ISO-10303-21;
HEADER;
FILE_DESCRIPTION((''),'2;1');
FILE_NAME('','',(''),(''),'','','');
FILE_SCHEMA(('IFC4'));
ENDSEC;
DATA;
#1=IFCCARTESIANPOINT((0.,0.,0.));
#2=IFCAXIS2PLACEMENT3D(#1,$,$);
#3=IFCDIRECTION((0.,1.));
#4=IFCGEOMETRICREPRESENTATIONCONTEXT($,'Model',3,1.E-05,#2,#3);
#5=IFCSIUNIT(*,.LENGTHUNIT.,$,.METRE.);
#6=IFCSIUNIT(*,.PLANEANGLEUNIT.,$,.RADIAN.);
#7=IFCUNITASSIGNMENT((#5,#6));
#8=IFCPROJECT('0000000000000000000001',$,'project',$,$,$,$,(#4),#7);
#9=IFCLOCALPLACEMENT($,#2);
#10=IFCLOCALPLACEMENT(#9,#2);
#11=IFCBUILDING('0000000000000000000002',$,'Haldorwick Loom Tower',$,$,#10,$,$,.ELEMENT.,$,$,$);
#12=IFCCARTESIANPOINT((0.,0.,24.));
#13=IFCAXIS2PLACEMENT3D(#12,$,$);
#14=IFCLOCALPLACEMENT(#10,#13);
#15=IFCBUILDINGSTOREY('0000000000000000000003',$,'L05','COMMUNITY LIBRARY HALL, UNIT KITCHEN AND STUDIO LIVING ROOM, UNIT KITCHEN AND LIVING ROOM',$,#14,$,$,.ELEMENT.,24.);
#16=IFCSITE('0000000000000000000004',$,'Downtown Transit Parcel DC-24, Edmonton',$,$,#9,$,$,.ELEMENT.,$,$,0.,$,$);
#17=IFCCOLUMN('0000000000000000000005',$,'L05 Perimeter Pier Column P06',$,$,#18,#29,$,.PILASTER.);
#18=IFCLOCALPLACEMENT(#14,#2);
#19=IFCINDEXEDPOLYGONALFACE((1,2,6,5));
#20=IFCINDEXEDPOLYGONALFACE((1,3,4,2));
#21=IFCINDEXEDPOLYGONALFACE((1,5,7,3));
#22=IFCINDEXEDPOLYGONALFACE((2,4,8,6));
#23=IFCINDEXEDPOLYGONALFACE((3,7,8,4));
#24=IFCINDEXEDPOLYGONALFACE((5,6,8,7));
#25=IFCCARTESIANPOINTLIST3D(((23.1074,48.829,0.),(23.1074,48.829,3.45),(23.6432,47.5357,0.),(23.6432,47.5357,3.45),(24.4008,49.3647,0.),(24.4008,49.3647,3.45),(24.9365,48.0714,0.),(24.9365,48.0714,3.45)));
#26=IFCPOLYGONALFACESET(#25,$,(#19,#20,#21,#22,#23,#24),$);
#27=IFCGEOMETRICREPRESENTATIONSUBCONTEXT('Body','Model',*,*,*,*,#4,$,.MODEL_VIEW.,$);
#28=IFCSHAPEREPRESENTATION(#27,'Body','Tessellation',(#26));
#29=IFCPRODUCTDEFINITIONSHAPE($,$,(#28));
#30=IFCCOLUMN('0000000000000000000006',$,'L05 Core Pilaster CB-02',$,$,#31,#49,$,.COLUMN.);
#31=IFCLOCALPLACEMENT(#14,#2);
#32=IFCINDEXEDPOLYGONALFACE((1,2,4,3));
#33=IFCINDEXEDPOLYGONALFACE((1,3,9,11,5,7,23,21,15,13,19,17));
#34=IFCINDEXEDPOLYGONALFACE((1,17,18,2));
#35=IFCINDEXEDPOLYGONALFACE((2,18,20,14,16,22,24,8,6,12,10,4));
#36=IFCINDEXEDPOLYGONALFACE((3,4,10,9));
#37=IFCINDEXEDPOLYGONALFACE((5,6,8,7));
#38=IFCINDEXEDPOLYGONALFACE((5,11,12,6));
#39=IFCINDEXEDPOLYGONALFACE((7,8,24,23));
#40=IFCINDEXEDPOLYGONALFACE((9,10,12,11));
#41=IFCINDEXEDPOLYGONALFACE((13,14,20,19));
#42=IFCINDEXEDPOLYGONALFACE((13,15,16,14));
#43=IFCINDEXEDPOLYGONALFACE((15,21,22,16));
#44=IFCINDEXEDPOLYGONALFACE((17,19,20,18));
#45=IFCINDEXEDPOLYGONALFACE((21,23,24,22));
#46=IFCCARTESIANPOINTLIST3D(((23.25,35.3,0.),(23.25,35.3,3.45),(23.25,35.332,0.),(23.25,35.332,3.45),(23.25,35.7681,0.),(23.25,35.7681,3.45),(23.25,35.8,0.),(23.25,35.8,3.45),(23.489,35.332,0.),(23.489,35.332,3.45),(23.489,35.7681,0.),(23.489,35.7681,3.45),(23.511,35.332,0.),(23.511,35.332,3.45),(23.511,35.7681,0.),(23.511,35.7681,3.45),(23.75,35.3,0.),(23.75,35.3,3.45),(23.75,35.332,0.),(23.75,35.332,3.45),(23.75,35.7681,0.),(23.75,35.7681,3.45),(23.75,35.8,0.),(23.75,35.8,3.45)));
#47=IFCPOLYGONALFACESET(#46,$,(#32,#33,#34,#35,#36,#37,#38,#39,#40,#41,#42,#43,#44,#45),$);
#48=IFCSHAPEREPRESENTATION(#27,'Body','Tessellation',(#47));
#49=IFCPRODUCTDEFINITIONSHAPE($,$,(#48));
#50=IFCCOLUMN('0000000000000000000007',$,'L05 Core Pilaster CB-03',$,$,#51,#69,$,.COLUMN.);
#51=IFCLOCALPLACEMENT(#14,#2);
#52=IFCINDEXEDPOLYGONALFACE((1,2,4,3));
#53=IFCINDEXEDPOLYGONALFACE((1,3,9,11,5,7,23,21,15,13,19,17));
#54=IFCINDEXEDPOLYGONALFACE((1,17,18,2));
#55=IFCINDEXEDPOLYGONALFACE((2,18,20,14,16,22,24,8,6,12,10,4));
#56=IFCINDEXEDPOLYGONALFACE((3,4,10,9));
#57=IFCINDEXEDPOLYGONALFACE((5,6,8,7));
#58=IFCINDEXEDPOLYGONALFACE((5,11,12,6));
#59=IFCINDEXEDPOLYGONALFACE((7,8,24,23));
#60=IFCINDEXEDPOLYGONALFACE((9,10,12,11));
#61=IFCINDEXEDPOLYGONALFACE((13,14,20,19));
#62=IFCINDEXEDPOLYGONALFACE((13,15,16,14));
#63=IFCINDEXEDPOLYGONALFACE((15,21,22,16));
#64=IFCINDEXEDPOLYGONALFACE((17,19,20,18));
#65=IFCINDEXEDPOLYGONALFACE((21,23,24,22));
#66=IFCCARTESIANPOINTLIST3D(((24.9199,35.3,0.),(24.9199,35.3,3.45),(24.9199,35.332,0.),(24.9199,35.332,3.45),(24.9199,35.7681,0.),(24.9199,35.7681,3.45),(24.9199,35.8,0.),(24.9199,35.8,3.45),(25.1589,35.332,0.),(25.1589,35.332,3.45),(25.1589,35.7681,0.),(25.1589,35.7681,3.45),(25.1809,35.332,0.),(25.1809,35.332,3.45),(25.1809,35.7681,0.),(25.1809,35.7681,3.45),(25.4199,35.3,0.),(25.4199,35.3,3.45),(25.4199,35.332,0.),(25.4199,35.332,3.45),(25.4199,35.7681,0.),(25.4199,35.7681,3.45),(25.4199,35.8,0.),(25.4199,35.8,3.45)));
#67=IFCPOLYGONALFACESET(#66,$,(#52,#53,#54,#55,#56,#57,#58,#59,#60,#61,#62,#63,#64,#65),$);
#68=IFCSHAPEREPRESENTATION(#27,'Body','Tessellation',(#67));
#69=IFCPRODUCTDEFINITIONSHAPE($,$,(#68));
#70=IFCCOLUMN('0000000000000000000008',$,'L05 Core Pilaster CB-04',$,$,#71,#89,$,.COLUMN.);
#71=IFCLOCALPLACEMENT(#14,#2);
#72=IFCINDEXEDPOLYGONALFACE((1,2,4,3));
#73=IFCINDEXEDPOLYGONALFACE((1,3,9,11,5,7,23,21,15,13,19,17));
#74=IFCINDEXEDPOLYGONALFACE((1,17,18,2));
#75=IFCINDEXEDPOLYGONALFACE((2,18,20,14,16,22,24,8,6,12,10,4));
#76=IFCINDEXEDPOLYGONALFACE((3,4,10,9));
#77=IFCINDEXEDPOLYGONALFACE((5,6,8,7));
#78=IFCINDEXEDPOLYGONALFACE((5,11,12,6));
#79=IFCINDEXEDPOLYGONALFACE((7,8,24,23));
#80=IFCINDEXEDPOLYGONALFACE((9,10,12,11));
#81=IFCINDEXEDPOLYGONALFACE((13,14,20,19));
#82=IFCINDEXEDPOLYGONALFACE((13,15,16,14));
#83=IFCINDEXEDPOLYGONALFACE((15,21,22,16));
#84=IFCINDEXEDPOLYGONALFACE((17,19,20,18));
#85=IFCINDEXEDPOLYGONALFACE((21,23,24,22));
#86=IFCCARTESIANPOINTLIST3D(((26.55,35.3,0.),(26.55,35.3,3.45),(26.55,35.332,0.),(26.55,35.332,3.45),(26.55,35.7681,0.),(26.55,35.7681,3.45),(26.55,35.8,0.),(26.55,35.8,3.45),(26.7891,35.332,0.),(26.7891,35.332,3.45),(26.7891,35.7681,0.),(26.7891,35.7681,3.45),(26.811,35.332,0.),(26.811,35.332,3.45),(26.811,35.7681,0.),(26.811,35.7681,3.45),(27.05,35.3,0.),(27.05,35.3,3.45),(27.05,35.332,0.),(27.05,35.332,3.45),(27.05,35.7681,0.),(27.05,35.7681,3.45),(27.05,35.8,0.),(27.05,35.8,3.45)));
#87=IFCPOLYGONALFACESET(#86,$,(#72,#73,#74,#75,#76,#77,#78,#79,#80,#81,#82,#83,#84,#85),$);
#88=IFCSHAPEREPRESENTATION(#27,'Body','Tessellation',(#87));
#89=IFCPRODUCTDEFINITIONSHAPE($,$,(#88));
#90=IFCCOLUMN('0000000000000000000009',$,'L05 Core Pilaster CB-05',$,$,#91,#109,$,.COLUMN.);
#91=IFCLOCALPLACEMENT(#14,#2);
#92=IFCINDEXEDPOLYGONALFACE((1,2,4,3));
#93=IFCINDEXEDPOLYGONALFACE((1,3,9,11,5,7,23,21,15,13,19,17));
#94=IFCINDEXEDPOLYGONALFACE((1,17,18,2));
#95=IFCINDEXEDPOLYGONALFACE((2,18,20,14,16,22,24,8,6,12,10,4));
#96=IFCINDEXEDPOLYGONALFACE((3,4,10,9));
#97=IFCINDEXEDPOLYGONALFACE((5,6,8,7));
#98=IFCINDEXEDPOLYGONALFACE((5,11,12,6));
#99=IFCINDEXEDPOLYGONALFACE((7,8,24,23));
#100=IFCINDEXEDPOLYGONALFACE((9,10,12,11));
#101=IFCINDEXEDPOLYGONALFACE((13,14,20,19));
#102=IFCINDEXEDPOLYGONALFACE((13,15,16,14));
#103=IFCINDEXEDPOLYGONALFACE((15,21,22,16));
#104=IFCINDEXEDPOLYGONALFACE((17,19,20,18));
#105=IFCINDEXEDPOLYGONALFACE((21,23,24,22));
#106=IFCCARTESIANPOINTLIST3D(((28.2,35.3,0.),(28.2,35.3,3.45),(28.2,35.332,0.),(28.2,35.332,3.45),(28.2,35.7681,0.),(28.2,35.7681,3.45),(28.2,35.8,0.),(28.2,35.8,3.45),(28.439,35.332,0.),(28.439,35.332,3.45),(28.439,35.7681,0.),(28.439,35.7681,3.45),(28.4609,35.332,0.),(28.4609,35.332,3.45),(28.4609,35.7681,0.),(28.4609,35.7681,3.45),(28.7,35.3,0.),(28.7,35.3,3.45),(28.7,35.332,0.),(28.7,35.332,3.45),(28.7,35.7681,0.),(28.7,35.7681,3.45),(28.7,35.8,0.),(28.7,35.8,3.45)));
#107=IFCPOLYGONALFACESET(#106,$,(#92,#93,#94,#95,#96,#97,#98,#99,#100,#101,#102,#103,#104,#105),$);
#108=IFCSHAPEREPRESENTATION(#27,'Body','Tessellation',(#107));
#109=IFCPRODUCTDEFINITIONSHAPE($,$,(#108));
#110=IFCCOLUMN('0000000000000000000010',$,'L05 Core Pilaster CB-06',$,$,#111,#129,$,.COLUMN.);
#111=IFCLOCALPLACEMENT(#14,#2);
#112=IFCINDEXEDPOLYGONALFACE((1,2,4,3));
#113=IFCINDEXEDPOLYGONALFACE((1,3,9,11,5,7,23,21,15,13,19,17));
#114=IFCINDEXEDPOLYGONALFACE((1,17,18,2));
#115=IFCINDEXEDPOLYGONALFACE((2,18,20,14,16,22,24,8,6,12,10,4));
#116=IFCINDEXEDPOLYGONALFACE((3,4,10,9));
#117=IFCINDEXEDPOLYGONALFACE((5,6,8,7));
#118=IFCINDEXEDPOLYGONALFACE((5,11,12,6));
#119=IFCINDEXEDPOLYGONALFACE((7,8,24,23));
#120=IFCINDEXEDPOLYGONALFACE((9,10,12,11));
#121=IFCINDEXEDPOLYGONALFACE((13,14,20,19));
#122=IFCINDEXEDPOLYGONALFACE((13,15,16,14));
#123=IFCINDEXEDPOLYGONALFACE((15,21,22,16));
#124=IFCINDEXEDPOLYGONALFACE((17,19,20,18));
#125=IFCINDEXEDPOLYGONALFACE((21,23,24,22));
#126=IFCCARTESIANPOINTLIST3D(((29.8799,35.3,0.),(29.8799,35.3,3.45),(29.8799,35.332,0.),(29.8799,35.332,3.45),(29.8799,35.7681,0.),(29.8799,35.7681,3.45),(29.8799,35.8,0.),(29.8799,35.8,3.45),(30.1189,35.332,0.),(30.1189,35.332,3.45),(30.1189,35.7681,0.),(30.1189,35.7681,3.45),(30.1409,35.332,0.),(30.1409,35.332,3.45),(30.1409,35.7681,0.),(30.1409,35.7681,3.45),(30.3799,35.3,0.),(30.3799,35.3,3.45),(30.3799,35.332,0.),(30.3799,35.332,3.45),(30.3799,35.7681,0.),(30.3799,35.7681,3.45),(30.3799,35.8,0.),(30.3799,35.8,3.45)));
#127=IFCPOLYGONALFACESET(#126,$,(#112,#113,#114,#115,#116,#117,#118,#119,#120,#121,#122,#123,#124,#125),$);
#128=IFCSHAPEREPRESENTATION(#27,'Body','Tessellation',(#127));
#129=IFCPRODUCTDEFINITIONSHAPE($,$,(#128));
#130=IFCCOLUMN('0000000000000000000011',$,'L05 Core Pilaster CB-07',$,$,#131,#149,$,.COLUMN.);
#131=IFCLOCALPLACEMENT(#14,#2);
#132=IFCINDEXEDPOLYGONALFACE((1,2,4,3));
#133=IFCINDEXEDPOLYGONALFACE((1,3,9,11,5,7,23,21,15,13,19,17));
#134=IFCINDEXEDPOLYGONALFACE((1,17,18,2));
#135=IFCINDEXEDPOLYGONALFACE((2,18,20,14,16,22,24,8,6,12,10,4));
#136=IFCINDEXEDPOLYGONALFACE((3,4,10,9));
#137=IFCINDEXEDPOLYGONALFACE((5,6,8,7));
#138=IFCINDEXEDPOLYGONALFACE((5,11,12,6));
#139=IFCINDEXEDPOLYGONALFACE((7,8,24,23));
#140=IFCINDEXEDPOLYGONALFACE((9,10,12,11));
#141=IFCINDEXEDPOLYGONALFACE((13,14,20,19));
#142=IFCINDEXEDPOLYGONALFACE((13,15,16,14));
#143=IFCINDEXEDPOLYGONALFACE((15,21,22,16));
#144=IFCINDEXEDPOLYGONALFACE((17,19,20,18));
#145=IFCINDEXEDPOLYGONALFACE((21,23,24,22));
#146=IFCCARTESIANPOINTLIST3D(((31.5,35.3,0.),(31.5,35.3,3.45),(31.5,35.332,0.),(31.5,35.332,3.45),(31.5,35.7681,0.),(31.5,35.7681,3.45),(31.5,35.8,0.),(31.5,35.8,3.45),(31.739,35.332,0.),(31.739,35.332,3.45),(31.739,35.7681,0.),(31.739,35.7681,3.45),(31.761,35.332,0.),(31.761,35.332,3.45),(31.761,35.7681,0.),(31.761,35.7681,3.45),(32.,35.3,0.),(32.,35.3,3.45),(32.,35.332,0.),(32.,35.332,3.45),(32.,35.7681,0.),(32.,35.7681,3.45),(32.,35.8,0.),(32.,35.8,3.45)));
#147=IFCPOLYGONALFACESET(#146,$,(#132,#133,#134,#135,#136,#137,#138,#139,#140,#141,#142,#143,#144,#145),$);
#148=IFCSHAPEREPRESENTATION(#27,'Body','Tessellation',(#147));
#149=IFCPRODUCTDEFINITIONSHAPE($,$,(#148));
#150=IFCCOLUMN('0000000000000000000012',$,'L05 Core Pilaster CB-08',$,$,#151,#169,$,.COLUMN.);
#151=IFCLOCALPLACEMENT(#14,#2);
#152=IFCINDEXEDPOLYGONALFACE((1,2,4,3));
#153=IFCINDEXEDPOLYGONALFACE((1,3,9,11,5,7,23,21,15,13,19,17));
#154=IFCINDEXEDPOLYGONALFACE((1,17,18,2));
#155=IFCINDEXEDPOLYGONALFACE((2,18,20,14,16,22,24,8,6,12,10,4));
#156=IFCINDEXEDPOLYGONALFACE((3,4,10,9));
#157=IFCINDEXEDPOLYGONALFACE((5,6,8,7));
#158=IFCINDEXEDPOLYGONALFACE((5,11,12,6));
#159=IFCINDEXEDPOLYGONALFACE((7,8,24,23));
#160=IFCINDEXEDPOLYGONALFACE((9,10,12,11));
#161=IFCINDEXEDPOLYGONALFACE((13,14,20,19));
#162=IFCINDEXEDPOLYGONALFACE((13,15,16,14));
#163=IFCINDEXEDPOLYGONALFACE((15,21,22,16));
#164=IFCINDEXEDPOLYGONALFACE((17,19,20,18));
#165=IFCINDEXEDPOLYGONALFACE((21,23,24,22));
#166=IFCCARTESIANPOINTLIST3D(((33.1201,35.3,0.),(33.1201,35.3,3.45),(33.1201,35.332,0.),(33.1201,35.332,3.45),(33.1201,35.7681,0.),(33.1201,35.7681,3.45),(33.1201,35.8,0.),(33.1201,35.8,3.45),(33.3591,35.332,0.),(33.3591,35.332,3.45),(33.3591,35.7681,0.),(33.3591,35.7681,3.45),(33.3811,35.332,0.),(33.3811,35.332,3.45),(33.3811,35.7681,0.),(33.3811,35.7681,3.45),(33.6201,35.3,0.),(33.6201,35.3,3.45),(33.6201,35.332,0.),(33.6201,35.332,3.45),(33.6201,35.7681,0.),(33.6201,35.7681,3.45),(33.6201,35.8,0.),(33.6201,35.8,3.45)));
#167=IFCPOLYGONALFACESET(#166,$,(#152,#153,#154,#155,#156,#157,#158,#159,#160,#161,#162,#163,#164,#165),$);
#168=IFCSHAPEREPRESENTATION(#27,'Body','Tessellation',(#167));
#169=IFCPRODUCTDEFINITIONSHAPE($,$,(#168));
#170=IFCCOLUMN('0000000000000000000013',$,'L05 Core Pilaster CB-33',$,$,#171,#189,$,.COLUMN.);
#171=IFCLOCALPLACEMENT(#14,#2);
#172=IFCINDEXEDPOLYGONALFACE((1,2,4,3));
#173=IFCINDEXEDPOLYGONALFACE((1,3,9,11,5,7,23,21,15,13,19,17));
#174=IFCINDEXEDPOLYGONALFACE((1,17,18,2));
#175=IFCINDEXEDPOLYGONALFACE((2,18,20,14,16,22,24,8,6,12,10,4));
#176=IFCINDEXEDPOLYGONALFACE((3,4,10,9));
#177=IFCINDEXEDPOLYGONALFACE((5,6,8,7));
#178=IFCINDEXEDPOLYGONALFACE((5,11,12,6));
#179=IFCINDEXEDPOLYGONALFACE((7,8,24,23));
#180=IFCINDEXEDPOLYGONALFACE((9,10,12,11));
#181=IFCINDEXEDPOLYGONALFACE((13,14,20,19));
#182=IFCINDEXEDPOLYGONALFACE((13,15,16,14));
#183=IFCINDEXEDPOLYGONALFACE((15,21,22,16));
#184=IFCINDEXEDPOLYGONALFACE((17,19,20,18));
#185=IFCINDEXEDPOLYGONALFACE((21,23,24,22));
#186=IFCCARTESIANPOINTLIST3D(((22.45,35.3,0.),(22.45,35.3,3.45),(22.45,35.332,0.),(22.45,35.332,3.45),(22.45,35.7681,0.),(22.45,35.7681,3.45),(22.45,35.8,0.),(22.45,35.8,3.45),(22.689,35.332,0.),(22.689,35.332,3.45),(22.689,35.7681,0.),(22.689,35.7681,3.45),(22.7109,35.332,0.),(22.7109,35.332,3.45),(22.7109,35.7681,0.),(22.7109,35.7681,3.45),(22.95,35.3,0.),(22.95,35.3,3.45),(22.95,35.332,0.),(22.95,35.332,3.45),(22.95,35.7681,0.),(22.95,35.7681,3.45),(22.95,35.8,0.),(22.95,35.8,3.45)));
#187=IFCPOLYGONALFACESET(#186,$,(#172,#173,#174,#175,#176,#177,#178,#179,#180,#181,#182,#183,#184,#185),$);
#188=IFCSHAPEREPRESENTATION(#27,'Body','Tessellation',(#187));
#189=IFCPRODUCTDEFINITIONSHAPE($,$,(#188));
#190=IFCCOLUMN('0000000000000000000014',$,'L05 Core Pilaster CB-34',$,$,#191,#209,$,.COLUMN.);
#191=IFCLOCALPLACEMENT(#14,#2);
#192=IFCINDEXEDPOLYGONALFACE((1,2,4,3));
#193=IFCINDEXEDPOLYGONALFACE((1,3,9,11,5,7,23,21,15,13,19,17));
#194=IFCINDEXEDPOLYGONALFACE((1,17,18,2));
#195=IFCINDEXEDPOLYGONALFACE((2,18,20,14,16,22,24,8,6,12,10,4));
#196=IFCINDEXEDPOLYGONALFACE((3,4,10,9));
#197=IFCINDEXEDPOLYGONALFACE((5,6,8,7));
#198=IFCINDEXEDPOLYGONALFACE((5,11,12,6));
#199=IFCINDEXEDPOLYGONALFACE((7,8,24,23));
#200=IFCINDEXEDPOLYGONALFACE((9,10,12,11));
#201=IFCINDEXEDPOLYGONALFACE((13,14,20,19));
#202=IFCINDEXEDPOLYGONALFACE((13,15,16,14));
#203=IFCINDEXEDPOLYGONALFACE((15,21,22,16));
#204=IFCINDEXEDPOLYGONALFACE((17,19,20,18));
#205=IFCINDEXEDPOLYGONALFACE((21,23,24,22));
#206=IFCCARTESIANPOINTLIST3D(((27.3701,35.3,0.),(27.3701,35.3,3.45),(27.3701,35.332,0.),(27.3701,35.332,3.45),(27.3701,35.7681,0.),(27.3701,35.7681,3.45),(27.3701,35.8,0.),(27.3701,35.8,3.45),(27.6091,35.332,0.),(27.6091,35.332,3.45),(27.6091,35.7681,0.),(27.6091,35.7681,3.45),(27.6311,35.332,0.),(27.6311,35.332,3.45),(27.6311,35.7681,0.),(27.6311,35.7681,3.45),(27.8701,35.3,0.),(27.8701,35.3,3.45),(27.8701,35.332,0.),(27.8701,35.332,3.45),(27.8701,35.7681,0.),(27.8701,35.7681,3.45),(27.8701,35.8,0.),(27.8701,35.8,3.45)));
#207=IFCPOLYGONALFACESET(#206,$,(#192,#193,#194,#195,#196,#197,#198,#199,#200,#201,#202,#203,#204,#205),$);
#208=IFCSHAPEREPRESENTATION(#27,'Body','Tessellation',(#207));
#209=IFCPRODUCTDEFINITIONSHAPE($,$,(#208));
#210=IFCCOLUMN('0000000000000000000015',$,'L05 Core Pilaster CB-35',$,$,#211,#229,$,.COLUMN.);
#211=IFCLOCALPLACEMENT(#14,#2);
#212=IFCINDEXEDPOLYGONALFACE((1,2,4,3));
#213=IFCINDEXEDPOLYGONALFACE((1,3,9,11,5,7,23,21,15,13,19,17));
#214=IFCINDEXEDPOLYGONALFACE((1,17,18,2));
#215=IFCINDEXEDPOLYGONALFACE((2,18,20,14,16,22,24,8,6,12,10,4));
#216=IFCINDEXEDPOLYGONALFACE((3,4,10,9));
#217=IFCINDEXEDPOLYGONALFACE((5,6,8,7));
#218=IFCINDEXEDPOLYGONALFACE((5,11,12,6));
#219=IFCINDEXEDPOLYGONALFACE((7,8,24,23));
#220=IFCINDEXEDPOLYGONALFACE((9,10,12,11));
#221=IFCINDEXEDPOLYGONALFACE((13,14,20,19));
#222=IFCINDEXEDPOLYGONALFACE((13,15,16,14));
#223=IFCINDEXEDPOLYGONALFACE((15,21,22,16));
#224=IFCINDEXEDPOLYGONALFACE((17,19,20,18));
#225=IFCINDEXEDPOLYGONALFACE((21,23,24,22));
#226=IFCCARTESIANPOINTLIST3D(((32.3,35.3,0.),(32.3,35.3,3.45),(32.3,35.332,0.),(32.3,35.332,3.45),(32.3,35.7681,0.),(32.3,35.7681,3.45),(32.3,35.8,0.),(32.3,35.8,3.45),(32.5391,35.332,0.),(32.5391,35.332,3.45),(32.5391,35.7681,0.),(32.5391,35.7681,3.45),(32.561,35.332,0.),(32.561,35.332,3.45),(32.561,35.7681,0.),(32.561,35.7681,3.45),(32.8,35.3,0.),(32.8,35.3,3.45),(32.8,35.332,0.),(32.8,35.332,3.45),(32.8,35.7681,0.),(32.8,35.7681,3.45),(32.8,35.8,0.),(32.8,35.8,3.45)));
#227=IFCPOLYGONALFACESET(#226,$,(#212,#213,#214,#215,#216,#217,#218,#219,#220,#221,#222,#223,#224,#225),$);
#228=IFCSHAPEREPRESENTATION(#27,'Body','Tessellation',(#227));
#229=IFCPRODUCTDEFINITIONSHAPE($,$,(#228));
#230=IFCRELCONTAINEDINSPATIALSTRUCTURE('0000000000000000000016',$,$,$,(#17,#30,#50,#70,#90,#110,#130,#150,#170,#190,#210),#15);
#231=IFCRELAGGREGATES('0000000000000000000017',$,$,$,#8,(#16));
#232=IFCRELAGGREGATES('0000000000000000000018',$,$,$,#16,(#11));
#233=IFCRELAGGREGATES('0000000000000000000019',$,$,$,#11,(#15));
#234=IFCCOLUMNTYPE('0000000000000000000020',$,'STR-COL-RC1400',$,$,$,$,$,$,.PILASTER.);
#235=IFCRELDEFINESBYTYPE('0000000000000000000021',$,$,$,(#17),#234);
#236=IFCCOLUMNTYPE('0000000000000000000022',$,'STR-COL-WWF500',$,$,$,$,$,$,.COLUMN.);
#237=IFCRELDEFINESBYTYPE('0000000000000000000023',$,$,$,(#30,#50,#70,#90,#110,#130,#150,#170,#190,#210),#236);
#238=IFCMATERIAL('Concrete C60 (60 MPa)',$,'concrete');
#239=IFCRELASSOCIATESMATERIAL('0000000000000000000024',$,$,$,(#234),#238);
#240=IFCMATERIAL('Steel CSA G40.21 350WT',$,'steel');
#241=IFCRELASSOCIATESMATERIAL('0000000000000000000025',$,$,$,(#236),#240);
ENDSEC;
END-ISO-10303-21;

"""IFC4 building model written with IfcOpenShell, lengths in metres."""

from ifc_helpers import new_model, si_unit, direction, frame, origin, origin_2d, place, context, subcontext, project, spatial, rectangle, i_section, extrude, material, material_profile, profile_set, type_object, element, save


model = new_model("IFC4")

# Units and contexts
model_context = context("Model", 3, precision=1e-05, world=origin(), true_north=direction((0.0, 1.0)))
body_context = subcontext(model_context, "Body", "Model", "MODEL_VIEW")
ifc_project = project(units=[si_unit("LENGTHUNIT", "METRE"), si_unit("PLANEANGLEUNIT", "RADIAN")], contexts=[model_context])

# Site, building, storey
site_placement = place(None, origin())
site = spatial("IfcSite", under=ifc_project, at=site_placement, Name="Downtown Transit Parcel DC-24, Edmonton", CompositionType="ELEMENT", RefElevation=0.0)
building_placement = place(site_placement, origin())
building = spatial("IfcBuilding", under=site, at=building_placement, Name="Haldorwick Loom Tower", CompositionType="ELEMENT")
storey_placement = place(building_placement, frame((0.0, 0.0, 24.0)))
storey = spatial("IfcBuildingStorey", under=building, at=storey_placement, Name="L05", Description="COMMUNITY LIBRARY HALL, UNIT KITCHEN AND STUDIO LIVING ROOM, UNIT KITCHEN AND LIVING ROOM", CompositionType="ELEMENT", Elevation=24.0)

# Columns
ifc_material_1 = material(Name="Concrete C60 (60 MPa)", Category="concrete")
ifc_material_profile_1 = material_profile(ifc_material_1, rectangle(XDim=1.3999, YDim=1.3999, at=origin_2d()), Name="RC1400X1400", Category="concrete")
ifc_profile_set_1 = profile_set([ifc_material_profile_1], Name="Concrete C60 (60 MPa)")
column_type_1 = type_object("IfcColumnType", Name="STR-COL-RC1400", PredefinedType="PILASTER", material=ifc_profile_set_1)
column_placement = place(storey_placement, frame((24.022, 48.4502, 0.0), z_axis=(0.0, 0.0, 1.0), x_axis=(-0.382683, 0.92388, 0.0)))
element("IfcColumn", 1, at=column_placement, inside=storey, type_object=column_type_1, Name="L05 Perimeter Pier Column P06", PredefinedType="PILASTER", context=body_context, shape_type="SweptSolid", body=[
    extrude(rectangle(XDim=1.3999, YDim=1.3999, at=origin_2d()), origin(), (0.0, 0.0, 1.0), 3.45),
])
ifc_material_2 = material(Name="Steel CSA G40.21 350WT", Category="steel")
ifc_material_profile_2 = material_profile(ifc_material_2, i_section(OverallWidth=0.5, OverallDepth=0.5, WebThickness=0.022, FlangeThickness=0.032, at=origin_2d()), Name="WWF500X500", Category="steel")
ifc_profile_set_2 = profile_set([ifc_material_profile_2], Name="Steel CSA G40.21 350WT")
column_type_2 = type_object("IfcColumnType", Name="STR-COL-WWF500", PredefinedType="COLUMN", material=ifc_profile_set_2)
for number, where, z_axis, x_axis, name in (
    (2, (23.5, 35.55, 0.0), (0.0, 0.0, 1.0), (1.0, 0.0, 0.0), "L05 Core Pilaster CB-02"),
    (3, (25.1699, 35.55, 0.0), (0.0, 0.0, 1.0), (1.0, 0.0, 0.0), "L05 Core Pilaster CB-03"),
    (4, (26.8, 35.55, 0.0), (0.0, 0.0, 1.0), (1.0, 0.0, 0.0), "L05 Core Pilaster CB-04"),
    (5, (28.45, 35.55, 0.0), (0.0, 0.0, 1.0), (1.0, 0.0, 0.0), "L05 Core Pilaster CB-05"),
    (6, (30.1299, 35.55, 0.0), (0.0, 0.0, 1.0), (1.0, 0.0, 0.0), "L05 Core Pilaster CB-06"),
    (7, (31.75, 35.55, 0.0), (0.0, 0.0, 1.0), (1.0, 0.0, 0.0), "L05 Core Pilaster CB-07"),
    (8, (33.3701, 35.55, 0.0), (0.0, 0.0, 1.0), (1.0, 0.0, 0.0), "L05 Core Pilaster CB-08"),
    (9, (22.7, 35.55, 0.0), (0.0, 0.0, 1.0), (1.0, 0.0, 0.0), "L05 Core Pilaster CB-33"),
    (10, (27.6201, 35.55, 0.0), (0.0, 0.0, 1.0), (1.0, 0.0, 0.0), "L05 Core Pilaster CB-34"),
    (11, (32.55, 35.55, 0.0), (0.0, 0.0, 1.0), (1.0, 0.0, 0.0), "L05 Core Pilaster CB-35"),
):
    element("IfcColumn", number, at=place(storey_placement, frame(where, z_axis=z_axis, x_axis=x_axis)), inside=storey, type_object=column_type_2, Name=name, PredefinedType="COLUMN", context=body_context, shape_type="SweptSolid", body=[
        extrude(i_section(OverallWidth=0.5, OverallDepth=0.5, WebThickness=0.022, FlangeThickness=0.032, at=origin_2d()), origin(), (0.0, 0.0, 1.0), 3.45),
    ])

save(model, "model.ifc")
